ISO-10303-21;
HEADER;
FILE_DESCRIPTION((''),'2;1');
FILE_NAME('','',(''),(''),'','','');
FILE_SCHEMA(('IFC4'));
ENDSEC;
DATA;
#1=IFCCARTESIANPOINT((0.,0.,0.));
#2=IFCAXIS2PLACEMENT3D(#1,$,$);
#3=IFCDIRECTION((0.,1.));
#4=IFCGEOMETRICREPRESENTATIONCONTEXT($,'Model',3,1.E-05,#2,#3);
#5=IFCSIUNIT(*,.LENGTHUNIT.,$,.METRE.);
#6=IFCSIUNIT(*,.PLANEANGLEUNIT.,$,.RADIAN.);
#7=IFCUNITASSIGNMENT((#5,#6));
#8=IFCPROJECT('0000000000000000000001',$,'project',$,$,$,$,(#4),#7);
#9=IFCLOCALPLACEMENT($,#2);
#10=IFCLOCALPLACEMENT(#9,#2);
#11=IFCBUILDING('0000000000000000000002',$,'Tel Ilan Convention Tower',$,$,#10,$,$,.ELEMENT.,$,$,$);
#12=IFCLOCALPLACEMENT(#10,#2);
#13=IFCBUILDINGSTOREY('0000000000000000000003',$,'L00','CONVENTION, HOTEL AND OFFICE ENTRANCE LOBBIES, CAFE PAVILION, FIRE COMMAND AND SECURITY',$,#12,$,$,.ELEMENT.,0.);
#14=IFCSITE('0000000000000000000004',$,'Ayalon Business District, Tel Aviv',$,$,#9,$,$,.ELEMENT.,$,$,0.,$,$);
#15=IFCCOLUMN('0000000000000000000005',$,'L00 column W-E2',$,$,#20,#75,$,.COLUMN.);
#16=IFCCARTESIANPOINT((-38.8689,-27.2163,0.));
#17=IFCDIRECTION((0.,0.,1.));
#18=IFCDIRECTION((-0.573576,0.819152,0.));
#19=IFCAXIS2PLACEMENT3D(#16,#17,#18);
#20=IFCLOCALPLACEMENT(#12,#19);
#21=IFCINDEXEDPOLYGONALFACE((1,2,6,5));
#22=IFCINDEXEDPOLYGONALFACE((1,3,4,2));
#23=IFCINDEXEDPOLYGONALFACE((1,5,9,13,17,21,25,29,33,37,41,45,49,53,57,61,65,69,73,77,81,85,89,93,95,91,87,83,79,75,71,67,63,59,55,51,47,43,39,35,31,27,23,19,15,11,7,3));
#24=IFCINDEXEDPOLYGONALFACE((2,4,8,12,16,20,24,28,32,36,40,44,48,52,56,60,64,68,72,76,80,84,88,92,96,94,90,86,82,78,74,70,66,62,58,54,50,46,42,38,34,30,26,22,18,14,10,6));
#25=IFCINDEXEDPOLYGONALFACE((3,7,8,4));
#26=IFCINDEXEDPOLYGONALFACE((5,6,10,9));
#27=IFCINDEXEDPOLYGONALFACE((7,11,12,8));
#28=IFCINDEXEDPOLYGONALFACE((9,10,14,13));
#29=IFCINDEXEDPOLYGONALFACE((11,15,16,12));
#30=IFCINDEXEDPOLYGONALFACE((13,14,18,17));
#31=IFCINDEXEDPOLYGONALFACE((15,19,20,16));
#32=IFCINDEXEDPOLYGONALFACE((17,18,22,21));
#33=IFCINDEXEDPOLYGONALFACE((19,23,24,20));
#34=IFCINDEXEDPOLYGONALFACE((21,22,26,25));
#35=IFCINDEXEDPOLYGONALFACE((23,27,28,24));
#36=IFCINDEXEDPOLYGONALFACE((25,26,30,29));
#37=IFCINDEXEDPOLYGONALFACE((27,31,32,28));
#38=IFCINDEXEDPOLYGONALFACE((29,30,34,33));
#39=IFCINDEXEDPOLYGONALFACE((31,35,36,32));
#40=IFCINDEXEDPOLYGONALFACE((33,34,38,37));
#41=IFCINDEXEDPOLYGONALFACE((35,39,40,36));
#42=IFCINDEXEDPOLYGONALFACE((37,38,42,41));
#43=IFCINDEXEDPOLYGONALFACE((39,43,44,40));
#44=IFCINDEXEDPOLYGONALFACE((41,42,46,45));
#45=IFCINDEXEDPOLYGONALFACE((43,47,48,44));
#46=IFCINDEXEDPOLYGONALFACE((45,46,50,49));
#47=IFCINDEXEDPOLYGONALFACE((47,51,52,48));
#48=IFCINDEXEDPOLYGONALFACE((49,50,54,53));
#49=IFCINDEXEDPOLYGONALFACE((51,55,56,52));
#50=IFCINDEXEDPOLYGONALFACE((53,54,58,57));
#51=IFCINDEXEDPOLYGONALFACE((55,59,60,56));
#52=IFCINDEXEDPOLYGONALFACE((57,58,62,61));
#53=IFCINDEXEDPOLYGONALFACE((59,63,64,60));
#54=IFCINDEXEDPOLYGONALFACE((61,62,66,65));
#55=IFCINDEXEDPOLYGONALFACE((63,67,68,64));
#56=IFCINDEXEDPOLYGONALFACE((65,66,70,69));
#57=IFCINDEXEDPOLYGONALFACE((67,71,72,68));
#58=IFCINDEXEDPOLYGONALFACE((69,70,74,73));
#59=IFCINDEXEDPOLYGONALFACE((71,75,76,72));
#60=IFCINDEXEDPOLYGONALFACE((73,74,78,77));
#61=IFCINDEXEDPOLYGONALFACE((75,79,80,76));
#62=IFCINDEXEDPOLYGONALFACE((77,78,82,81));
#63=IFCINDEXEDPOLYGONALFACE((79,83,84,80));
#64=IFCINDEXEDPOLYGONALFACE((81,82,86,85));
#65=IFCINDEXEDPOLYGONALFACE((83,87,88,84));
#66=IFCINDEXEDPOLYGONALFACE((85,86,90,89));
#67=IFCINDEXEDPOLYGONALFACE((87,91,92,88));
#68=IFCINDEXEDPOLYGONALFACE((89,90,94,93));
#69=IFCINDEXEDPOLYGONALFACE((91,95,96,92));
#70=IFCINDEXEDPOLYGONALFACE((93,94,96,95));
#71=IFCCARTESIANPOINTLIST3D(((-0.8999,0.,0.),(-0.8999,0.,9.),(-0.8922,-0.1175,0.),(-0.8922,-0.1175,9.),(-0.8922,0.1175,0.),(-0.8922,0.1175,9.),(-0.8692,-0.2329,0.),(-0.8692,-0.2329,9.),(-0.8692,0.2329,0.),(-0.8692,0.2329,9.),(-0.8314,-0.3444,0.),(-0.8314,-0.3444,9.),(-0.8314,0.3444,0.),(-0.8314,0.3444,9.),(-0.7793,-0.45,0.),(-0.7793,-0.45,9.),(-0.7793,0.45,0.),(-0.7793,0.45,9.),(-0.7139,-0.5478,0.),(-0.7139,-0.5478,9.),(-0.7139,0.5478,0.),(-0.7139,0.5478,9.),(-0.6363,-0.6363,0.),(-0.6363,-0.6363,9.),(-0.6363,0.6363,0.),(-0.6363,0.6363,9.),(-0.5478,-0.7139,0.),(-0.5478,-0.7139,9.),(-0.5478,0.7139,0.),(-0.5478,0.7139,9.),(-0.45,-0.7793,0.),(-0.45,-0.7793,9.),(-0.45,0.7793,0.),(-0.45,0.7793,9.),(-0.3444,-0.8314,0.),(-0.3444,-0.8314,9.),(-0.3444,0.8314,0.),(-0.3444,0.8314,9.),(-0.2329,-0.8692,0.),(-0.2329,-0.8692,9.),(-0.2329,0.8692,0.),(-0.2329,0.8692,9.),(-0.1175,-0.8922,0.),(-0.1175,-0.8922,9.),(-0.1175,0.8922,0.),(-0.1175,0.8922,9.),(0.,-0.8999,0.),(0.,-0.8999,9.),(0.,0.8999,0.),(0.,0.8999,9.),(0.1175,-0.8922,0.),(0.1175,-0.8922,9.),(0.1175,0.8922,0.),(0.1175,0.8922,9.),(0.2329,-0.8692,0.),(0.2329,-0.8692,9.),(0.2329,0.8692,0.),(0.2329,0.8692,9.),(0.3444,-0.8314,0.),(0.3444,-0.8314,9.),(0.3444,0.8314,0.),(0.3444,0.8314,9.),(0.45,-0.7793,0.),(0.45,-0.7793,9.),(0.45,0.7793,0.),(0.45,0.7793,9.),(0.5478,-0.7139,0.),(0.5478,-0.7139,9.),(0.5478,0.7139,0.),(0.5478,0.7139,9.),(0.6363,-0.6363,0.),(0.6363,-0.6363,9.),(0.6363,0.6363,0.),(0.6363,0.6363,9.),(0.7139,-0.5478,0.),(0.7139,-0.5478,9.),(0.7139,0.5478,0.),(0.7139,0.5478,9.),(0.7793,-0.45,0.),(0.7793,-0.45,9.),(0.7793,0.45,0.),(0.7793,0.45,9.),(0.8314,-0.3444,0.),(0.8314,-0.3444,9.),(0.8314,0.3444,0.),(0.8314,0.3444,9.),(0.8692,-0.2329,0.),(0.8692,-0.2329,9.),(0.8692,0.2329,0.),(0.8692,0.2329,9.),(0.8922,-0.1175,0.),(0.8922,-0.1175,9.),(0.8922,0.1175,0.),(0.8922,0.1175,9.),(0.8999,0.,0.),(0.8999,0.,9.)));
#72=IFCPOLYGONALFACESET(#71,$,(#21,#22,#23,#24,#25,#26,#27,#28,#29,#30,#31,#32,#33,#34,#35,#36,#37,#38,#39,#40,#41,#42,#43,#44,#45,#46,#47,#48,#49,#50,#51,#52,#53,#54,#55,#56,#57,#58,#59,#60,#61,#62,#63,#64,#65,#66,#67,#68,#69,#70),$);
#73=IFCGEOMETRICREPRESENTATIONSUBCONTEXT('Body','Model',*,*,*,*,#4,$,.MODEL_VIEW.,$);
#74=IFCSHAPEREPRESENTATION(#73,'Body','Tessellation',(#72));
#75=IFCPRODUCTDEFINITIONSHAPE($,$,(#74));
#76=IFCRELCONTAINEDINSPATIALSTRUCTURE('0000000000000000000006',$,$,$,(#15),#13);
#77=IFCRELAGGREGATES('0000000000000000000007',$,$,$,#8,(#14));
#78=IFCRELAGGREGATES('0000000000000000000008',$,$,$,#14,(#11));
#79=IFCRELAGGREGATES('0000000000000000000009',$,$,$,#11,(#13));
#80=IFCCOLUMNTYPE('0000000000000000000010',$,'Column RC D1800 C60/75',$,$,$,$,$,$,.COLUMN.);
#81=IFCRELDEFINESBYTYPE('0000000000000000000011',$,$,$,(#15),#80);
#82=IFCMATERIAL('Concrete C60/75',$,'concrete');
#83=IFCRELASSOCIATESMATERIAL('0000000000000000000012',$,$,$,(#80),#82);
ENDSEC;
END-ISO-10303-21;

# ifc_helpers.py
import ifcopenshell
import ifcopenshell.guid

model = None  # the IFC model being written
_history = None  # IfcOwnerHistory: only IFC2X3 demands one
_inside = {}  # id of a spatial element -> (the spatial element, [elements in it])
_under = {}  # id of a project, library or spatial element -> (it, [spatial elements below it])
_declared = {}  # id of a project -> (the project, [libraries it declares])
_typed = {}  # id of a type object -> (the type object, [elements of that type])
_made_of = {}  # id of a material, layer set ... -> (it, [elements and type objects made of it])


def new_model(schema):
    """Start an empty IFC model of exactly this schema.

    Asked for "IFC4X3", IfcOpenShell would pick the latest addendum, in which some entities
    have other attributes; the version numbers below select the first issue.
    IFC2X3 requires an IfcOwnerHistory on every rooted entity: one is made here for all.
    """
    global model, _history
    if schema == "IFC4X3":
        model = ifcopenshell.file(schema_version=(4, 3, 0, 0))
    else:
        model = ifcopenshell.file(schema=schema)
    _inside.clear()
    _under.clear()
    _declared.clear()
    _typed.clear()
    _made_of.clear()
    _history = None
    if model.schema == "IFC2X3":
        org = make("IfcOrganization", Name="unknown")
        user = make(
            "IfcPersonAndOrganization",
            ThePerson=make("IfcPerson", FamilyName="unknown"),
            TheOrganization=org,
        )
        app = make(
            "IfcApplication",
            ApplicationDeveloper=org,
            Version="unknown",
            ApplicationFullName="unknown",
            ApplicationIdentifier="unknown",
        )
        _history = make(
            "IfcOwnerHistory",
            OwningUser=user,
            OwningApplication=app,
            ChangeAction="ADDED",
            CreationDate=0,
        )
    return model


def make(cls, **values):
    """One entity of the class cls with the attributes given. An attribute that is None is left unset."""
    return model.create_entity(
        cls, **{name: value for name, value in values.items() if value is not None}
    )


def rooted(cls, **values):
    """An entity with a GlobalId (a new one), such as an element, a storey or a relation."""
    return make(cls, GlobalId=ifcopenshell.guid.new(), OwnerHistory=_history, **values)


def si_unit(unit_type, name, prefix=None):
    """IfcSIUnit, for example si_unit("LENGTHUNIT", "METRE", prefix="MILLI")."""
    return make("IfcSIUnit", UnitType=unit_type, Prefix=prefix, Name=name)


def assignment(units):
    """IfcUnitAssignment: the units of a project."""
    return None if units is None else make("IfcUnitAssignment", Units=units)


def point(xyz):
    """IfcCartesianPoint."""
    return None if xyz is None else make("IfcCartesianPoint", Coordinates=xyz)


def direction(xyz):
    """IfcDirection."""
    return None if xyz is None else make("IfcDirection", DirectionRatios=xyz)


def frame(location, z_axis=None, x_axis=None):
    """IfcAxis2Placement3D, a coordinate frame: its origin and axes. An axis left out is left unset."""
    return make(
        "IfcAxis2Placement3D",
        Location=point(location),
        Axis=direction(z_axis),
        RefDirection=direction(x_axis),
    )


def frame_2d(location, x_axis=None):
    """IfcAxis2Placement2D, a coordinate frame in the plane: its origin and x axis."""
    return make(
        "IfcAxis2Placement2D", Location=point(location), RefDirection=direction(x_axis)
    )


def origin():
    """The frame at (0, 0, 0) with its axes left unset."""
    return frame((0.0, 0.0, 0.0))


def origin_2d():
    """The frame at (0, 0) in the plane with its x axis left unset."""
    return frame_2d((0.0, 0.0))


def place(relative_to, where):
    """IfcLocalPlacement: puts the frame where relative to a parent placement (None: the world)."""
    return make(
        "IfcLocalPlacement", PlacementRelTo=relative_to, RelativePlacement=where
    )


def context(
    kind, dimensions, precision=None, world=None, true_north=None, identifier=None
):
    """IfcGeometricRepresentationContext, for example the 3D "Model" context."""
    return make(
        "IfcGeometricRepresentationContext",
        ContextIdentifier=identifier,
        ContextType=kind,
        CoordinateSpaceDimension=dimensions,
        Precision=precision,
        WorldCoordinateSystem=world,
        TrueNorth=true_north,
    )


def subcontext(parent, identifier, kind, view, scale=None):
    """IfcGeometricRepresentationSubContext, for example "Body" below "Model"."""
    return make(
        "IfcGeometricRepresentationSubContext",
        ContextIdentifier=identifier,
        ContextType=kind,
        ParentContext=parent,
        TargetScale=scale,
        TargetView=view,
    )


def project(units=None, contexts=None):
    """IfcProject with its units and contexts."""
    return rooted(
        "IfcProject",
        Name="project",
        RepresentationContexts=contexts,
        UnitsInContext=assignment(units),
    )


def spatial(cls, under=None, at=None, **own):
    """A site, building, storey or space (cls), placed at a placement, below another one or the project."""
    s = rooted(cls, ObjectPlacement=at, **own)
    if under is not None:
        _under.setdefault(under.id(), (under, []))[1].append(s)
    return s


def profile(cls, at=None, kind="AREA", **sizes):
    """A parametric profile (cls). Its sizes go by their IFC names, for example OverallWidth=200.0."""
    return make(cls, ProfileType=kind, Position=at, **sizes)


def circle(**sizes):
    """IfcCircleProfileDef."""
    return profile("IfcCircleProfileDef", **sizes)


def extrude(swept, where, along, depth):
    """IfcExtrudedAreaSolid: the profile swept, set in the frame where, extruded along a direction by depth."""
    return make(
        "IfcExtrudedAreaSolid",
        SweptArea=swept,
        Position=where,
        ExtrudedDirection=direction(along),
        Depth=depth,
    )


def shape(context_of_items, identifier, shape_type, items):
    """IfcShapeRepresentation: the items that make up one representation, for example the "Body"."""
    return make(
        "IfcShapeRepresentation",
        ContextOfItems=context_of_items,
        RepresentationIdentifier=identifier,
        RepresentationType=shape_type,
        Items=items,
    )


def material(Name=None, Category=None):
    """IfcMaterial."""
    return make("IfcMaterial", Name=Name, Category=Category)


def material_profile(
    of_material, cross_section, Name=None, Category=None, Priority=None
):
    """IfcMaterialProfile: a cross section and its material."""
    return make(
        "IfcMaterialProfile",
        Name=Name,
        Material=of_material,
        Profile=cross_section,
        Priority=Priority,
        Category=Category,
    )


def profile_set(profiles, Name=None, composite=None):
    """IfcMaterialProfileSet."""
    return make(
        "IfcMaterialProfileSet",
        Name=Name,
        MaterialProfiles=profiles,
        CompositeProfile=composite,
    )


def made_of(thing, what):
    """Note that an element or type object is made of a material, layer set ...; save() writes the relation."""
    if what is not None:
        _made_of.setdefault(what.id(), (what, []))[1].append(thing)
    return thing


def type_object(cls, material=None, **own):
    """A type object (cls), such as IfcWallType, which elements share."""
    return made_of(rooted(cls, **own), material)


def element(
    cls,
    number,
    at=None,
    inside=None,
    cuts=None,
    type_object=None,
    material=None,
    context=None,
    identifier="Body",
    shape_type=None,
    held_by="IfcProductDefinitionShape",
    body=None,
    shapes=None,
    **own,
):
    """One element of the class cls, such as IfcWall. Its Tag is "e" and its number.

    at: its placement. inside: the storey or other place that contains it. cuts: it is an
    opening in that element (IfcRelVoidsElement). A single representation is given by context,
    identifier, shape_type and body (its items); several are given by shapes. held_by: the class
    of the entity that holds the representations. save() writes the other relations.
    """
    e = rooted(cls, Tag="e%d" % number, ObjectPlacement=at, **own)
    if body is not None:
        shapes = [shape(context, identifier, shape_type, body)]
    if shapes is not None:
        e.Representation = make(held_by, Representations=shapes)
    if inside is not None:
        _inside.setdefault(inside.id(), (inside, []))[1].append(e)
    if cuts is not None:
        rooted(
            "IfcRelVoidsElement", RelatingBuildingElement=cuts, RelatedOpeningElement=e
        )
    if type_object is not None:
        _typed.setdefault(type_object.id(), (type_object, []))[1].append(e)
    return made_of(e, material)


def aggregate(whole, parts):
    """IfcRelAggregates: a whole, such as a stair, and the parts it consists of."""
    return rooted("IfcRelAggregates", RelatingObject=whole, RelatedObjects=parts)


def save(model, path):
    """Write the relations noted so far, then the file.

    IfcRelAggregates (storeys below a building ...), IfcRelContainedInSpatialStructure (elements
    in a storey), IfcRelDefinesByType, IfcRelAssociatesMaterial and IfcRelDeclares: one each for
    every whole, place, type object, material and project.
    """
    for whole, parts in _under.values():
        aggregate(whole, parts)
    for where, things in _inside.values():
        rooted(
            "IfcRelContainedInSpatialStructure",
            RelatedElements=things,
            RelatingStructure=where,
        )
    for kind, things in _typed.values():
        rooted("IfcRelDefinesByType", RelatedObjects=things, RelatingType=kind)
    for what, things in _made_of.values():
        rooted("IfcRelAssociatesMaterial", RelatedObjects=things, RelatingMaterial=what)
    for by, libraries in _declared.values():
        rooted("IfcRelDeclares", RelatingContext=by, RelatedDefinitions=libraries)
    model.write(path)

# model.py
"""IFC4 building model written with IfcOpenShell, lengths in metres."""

from ifc_helpers import new_model, si_unit, direction, frame, origin, origin_2d, place, context, subcontext, project, spatial, circle, extrude, material, material_profile, profile_set, type_object, element, save


model = new_model("IFC4")

# Units and contexts
model_context = context("Model", 3, precision=1e-05, world=origin(), true_north=direction((0.0, 1.0)))
body_context = subcontext(model_context, "Body", "Model", "MODEL_VIEW")
ifc_project = project(units=[si_unit("LENGTHUNIT", "METRE"), si_unit("PLANEANGLEUNIT", "RADIAN")], contexts=[model_context])

# Site, building, storey
site_placement = place(None, origin())
site = spatial("IfcSite", under=ifc_project, at=site_placement, Name="Ayalon Business District, Tel Aviv", CompositionType="ELEMENT", RefElevation=0.0)
building_placement = place(site_placement, origin())
building = spatial("IfcBuilding", under=site, at=building_placement, Name="Tel Ilan Convention Tower", CompositionType="ELEMENT")
storey_placement = place(building_placement, origin())
storey = spatial("IfcBuildingStorey", under=building, at=storey_placement, Name="L00", Description="CONVENTION, HOTEL AND OFFICE ENTRANCE LOBBIES, CAFE PAVILION, FIRE COMMAND AND SECURITY", CompositionType="ELEMENT", Elevation=0.0)

# Column
ifc_material_1 = material(Name="Concrete C60/75", Category="concrete")
ifc_material_profile_1 = material_profile(ifc_material_1, circle(Radius=0.8999, at=origin_2d()), Name="RC D1800")
ifc_profile_set_1 = profile_set([ifc_material_profile_1], Name="Concrete C60/75")
column_type = type_object("IfcColumnType", Name="Column RC D1800 C60/75", PredefinedType="COLUMN", material=ifc_profile_set_1)
for number, where, z_axis, x_axis, name in (
    (1, (-38.8689, -27.2163, 0.0), (0.0, 0.0, 1.0), (-0.573576, 0.819152, 0.0), "L00 column W-E2"),
):
    element("IfcColumn", number, at=place(storey_placement, frame(where, z_axis=z_axis, x_axis=x_axis)), inside=storey, type_object=column_type, Name=name, PredefinedType="COLUMN", context=body_context, shape_type="SweptSolid", body=[
        extrude(circle(Radius=0.8999, at=origin_2d()), origin(), (0.0, 0.0, 1.0), 9.0),
    ])

save(model, "model.ifc")
